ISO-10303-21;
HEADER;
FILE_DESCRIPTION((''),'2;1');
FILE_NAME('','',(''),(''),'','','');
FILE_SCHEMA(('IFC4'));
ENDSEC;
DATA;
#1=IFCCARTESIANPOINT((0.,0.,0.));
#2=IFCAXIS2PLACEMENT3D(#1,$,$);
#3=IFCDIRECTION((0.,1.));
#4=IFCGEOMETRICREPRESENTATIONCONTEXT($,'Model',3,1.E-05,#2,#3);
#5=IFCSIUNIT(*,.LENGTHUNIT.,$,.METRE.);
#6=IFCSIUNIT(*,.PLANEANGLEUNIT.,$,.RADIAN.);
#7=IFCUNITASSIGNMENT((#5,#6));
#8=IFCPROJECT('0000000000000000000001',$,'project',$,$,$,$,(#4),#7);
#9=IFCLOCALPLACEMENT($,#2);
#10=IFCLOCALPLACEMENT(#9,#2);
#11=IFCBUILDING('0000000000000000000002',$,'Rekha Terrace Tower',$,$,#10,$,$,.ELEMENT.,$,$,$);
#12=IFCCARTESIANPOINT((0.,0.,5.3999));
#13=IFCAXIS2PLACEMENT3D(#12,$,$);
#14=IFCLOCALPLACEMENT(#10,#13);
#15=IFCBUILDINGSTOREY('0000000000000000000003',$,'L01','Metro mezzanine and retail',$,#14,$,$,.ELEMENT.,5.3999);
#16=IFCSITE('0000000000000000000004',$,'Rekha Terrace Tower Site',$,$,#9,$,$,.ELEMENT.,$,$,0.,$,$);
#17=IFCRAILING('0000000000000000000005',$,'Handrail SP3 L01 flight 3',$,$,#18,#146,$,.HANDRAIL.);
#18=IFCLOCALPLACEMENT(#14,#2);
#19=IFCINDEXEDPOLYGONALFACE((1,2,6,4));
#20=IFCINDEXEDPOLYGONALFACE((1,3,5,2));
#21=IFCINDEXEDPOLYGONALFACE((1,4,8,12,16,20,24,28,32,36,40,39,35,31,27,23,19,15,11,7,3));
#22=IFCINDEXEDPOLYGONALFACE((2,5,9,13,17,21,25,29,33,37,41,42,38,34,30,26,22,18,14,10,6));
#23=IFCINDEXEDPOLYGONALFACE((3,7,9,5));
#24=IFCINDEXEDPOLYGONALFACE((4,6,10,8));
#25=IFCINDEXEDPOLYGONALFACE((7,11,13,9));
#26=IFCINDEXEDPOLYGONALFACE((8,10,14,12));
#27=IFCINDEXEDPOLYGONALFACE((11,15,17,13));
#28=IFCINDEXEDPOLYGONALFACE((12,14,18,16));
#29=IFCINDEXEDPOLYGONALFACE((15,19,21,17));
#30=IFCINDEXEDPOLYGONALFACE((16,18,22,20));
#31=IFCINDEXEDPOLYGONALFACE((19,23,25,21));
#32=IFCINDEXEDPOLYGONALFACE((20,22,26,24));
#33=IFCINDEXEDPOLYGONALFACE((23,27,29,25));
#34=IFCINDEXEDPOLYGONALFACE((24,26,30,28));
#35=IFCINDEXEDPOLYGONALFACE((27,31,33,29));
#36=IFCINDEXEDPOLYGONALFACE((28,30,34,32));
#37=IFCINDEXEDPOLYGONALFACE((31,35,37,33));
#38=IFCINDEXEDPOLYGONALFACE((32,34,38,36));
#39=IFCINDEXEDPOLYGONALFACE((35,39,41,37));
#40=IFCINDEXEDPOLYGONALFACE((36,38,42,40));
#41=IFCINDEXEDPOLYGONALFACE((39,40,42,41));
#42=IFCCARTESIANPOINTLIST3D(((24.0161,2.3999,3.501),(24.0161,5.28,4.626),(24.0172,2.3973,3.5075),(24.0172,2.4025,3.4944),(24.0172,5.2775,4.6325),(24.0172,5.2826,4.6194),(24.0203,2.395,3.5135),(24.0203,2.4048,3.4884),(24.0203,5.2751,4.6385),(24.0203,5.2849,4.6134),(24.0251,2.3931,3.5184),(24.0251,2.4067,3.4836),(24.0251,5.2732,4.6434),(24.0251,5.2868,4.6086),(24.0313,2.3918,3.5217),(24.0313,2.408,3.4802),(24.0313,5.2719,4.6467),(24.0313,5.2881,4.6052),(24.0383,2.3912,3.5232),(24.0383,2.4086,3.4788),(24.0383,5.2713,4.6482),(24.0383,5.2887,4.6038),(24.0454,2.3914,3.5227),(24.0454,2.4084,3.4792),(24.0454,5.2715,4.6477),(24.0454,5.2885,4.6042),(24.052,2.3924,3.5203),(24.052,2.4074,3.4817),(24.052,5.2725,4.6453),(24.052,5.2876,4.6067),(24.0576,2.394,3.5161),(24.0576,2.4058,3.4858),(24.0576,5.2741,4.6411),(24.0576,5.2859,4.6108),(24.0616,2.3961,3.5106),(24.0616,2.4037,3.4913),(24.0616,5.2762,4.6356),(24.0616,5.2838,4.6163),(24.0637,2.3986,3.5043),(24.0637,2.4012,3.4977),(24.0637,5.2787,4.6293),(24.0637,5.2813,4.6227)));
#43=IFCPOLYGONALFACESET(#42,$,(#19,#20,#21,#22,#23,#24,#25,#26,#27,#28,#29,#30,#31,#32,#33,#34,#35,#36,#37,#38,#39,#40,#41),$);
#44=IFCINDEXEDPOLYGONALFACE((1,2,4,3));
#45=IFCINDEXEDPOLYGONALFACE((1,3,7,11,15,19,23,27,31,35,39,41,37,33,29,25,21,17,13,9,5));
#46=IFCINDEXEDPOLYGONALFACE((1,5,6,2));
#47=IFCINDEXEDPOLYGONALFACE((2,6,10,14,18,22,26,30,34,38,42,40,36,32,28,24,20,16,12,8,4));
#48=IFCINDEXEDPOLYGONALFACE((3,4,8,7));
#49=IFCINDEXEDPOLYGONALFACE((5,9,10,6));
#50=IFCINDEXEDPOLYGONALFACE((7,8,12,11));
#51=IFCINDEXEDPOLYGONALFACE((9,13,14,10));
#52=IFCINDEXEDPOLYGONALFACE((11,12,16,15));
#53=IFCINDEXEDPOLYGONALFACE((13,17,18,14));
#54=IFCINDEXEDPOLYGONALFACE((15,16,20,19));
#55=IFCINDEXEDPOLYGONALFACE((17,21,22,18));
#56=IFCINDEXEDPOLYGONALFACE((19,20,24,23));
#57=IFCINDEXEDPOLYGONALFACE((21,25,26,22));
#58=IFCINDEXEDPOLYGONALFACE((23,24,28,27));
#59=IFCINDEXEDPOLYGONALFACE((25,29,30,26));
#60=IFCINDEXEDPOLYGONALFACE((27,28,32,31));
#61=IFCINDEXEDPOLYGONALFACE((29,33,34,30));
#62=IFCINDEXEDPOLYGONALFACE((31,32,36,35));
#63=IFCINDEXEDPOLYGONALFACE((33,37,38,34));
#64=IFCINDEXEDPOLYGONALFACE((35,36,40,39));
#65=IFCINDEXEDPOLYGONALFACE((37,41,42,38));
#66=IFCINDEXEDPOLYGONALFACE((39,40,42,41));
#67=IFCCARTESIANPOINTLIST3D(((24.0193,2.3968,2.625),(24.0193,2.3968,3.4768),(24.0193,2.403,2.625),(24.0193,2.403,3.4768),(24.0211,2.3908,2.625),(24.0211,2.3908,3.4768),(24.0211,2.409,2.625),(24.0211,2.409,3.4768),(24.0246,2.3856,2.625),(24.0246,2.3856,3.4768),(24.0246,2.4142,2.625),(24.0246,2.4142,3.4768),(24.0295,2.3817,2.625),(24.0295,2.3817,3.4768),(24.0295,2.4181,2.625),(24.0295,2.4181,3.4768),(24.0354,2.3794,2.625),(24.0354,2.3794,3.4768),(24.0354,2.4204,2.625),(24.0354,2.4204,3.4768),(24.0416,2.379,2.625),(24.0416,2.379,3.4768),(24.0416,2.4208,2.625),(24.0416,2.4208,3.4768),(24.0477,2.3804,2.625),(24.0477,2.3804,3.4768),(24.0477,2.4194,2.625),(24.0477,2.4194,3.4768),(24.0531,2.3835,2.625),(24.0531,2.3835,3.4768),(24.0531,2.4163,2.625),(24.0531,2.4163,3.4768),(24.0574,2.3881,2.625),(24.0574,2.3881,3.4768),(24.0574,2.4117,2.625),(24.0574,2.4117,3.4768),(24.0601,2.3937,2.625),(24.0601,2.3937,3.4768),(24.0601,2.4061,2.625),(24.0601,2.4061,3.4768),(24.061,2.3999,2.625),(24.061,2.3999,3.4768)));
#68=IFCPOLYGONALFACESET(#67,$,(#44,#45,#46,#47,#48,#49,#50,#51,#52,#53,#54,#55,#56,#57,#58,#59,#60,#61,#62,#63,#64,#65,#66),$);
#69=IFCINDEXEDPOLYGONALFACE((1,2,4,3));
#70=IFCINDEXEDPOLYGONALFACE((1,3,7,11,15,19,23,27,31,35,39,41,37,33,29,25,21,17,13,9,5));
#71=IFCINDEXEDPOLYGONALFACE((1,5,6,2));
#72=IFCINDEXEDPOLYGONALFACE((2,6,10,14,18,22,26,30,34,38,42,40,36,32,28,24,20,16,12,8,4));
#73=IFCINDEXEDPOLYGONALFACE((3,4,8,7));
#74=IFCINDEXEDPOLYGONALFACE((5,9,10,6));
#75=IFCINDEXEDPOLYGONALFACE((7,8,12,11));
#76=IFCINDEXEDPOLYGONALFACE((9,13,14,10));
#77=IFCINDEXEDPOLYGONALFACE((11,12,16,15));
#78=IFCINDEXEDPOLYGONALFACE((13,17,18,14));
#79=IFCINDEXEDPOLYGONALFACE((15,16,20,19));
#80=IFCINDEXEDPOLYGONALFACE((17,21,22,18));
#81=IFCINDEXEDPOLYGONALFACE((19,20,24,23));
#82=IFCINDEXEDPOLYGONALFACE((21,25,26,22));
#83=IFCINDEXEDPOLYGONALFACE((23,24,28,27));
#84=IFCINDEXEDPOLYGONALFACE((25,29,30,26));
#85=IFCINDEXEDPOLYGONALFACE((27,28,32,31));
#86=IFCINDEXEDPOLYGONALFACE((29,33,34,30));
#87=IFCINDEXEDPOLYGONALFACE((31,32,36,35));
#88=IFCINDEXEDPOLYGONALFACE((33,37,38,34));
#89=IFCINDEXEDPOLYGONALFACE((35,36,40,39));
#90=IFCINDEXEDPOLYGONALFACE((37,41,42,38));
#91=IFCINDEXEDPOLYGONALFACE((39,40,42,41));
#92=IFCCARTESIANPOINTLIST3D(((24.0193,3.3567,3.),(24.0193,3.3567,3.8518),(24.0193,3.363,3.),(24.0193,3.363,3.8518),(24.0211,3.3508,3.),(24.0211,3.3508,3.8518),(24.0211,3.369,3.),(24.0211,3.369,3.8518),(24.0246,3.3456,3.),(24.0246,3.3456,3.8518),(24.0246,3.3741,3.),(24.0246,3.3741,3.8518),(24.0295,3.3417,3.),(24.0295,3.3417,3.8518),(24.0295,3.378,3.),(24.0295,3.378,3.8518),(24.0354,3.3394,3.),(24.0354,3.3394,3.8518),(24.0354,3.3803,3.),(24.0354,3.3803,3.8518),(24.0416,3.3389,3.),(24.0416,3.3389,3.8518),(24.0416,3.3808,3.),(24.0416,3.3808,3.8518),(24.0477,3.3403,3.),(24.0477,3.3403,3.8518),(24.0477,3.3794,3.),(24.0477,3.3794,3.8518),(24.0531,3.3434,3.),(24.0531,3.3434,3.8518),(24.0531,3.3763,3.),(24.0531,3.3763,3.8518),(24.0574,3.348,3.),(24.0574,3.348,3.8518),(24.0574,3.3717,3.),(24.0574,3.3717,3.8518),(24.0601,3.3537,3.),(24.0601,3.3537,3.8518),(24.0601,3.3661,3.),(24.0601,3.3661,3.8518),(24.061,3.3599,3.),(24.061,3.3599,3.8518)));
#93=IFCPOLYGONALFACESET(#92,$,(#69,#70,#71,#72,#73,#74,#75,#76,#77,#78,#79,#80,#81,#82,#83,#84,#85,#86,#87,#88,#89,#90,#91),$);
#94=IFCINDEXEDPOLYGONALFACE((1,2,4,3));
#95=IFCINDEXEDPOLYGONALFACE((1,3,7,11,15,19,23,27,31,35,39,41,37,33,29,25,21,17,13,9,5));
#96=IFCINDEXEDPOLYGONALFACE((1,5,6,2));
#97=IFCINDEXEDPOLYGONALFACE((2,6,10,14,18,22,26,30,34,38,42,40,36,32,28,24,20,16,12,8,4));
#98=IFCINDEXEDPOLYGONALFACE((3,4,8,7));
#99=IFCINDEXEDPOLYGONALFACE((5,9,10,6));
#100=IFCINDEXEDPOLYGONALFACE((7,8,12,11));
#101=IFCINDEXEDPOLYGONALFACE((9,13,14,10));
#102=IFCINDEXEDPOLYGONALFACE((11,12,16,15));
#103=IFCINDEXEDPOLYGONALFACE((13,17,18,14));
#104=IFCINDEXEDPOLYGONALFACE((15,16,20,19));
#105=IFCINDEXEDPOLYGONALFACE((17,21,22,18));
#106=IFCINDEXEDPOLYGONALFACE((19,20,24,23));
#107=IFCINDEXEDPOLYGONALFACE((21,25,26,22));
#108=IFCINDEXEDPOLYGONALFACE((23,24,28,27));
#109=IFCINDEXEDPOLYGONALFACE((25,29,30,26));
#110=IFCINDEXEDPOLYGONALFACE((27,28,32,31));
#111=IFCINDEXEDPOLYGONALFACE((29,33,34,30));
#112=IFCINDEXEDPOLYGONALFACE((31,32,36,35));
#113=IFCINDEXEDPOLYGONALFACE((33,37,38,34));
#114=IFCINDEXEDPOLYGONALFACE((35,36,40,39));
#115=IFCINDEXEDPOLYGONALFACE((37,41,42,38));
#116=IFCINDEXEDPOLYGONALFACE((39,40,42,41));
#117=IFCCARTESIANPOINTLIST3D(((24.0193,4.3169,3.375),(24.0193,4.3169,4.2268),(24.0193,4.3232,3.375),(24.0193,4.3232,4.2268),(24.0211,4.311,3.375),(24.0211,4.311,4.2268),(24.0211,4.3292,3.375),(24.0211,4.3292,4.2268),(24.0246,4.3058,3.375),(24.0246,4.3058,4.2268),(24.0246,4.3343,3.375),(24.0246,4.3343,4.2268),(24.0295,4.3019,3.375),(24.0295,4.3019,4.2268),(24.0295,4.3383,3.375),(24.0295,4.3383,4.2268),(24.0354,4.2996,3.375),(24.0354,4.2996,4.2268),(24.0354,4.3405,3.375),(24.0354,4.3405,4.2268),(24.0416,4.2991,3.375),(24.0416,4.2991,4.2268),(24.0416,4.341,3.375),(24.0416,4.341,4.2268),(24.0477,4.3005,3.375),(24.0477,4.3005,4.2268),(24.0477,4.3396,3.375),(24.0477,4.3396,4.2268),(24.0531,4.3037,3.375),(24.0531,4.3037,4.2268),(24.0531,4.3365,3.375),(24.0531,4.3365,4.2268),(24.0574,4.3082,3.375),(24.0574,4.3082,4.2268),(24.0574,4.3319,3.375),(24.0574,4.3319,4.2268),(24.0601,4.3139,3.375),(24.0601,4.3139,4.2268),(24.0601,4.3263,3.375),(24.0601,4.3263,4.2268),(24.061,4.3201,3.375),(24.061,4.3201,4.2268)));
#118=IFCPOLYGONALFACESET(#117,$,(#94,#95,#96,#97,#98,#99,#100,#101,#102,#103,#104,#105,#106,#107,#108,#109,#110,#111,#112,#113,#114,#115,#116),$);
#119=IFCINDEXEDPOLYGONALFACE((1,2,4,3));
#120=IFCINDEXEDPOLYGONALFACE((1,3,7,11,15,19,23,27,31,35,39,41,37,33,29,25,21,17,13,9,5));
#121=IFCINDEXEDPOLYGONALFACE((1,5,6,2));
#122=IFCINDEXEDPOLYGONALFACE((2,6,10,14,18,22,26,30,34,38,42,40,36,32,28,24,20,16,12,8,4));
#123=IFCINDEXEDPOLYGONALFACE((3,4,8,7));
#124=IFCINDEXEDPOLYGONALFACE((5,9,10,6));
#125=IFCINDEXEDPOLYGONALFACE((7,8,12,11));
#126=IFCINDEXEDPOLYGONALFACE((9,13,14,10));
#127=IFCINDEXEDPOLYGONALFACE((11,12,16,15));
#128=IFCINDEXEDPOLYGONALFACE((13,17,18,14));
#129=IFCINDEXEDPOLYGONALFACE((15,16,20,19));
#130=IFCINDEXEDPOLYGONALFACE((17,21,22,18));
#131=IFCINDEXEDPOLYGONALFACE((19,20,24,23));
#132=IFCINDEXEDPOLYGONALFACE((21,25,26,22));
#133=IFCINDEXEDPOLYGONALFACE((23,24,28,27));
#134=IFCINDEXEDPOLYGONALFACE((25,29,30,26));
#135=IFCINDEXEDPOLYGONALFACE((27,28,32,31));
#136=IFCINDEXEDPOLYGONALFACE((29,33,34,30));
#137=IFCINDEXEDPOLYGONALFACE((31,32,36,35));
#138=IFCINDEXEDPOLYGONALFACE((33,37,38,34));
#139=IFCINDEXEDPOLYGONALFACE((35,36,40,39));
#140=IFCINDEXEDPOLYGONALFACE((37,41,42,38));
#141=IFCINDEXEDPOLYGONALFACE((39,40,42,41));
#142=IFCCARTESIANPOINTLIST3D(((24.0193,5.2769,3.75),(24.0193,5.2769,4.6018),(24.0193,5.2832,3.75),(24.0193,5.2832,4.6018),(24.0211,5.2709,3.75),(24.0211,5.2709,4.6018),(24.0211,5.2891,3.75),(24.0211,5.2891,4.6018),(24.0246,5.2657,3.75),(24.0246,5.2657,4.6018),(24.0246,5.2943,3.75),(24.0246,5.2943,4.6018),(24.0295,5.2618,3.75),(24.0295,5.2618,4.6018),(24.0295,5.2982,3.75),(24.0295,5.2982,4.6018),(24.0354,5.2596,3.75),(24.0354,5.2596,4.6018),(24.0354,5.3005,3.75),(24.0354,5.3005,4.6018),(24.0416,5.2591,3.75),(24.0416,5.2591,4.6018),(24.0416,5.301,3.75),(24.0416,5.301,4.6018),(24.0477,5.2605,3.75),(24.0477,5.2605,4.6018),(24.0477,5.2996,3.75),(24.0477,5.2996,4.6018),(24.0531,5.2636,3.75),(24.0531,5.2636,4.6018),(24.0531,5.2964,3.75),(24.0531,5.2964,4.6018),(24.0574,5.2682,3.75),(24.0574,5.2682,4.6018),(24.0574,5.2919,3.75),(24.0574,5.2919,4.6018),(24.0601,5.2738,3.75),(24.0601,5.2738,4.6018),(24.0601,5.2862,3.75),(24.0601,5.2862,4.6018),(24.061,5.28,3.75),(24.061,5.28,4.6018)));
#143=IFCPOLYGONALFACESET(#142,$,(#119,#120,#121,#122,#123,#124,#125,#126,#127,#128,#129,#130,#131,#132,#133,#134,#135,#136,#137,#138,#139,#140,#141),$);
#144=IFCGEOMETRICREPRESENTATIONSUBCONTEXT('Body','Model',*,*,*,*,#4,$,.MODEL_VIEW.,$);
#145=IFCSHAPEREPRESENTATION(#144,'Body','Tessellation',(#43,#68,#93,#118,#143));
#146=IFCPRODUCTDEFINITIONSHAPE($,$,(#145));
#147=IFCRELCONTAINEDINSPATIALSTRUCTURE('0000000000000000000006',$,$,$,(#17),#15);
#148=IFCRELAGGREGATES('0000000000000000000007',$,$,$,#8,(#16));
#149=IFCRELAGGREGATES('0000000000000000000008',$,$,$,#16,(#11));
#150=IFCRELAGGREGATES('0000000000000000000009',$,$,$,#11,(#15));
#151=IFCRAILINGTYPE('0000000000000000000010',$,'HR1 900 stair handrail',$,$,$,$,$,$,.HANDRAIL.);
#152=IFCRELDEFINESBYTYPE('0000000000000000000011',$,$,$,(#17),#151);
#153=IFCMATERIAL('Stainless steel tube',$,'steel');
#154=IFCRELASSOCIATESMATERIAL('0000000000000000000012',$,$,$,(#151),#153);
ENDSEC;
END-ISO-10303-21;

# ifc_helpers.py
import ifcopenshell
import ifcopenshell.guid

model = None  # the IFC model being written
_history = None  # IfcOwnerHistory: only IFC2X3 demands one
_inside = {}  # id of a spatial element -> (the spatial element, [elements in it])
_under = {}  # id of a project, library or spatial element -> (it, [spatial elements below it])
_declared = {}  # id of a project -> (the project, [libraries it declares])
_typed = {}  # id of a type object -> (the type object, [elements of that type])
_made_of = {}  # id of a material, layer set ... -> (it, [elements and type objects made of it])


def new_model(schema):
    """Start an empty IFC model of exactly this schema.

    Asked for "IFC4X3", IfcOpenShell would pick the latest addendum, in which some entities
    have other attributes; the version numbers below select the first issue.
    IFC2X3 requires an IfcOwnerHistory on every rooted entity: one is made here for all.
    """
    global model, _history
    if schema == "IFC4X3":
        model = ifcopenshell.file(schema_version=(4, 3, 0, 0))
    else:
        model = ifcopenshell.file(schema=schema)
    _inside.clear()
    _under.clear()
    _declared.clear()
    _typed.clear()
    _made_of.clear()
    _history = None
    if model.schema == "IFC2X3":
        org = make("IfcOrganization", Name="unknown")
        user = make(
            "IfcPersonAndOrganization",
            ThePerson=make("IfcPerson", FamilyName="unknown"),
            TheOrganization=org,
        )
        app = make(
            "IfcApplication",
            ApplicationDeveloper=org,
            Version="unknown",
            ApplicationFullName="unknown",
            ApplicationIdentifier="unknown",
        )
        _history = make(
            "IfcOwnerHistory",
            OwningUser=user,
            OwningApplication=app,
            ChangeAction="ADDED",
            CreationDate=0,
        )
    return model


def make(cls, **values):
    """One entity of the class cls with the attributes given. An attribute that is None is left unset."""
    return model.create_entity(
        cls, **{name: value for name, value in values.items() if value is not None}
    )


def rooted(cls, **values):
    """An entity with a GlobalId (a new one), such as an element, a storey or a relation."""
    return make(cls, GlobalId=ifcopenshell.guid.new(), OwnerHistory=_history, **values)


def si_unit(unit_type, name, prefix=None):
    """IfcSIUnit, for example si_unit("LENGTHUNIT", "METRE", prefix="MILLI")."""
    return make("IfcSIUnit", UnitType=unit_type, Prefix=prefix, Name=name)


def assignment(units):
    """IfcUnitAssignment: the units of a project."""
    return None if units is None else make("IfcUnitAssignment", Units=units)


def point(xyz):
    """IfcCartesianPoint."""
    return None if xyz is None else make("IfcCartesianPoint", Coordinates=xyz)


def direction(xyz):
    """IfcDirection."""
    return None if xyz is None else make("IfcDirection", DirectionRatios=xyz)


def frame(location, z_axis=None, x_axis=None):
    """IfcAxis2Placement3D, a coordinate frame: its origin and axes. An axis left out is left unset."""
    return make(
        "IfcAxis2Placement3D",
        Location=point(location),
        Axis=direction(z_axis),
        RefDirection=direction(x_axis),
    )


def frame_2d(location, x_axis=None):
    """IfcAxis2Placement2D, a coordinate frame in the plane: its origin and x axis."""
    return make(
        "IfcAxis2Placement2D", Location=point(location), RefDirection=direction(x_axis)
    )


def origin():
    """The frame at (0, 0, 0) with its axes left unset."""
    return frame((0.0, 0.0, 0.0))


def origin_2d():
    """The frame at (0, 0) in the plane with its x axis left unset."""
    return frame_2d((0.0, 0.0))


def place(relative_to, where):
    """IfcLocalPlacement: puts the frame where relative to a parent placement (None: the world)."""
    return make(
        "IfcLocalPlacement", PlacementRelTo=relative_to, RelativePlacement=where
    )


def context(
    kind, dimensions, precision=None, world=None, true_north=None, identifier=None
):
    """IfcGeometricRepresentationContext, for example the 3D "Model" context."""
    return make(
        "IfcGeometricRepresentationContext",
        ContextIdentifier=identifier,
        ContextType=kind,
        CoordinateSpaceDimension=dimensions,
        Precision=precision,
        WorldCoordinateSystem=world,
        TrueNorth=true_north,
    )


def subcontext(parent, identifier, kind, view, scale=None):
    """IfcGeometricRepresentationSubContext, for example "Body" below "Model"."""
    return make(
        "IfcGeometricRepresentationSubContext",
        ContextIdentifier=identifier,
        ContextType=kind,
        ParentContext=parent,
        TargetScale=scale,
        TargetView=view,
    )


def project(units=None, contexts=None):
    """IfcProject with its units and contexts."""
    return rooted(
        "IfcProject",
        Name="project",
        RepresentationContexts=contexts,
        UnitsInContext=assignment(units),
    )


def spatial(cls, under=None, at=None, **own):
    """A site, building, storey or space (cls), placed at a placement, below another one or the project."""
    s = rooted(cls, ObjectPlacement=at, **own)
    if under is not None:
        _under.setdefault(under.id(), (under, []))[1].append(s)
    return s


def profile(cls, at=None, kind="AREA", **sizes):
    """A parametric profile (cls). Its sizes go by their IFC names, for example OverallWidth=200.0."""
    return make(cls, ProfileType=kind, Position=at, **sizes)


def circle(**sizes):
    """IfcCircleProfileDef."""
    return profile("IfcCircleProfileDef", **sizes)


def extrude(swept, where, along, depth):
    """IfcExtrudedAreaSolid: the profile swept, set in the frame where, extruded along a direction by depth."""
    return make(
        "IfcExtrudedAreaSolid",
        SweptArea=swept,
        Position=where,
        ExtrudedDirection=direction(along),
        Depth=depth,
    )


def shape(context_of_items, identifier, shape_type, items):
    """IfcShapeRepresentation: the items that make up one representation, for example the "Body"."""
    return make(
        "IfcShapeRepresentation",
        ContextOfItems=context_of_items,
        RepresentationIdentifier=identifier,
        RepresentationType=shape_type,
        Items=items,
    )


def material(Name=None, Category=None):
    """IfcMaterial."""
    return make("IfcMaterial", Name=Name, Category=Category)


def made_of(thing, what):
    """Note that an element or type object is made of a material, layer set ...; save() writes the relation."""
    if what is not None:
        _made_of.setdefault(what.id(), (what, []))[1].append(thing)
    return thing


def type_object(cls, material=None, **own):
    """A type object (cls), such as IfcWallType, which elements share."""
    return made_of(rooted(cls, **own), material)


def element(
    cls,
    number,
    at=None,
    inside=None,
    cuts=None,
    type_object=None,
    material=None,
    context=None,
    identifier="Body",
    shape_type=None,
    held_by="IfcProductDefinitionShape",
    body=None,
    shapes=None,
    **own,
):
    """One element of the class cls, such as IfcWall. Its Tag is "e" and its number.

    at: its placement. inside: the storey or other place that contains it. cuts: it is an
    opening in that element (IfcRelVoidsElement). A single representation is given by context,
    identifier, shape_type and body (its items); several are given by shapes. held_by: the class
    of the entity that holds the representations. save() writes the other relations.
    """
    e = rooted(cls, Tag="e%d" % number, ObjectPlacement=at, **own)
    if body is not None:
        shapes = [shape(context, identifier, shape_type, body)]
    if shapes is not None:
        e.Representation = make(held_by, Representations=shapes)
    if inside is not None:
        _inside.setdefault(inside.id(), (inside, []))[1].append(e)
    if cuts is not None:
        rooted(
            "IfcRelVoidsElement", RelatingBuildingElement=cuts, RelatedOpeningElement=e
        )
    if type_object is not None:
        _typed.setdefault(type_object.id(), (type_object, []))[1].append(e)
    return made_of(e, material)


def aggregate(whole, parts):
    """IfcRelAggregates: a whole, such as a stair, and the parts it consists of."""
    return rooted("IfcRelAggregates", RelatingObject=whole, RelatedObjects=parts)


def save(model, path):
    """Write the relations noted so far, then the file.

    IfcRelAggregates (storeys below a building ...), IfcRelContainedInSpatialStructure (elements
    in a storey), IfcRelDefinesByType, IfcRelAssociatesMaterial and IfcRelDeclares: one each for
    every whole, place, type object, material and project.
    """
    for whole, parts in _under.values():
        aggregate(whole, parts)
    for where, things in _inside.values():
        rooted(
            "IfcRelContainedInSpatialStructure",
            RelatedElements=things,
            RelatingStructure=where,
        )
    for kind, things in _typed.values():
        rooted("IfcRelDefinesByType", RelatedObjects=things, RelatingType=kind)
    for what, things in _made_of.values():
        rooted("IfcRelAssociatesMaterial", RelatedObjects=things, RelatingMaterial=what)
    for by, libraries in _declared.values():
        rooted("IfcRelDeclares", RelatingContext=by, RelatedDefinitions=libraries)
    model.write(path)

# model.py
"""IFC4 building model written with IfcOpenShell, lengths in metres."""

from ifc_helpers import new_model, si_unit, direction, frame, origin, origin_2d, place, context, subcontext, project, spatial, circle, extrude, material, type_object, element, save


model = new_model("IFC4")

# Units and contexts
model_context = context("Model", 3, precision=1e-05, world=origin(), true_north=direction((0.0, 1.0)))
body_context = subcontext(model_context, "Body", "Model", "MODEL_VIEW")
ifc_project = project(units=[si_unit("LENGTHUNIT", "METRE"), si_unit("PLANEANGLEUNIT", "RADIAN")], contexts=[model_context])

# Site, building, storey
site_placement = place(None, origin())
site = spatial("IfcSite", under=ifc_project, at=site_placement, Name="Rekha Terrace Tower Site", CompositionType="ELEMENT", RefElevation=0.0)
building_placement = place(site_placement, origin())
building = spatial("IfcBuilding", under=site, at=building_placement, Name="Rekha Terrace Tower", CompositionType="ELEMENT")
storey_placement = place(building_placement, frame((0.0, 0.0, 5.3999)))
storey = spatial("IfcBuildingStorey", under=building, at=storey_placement, Name="L01", Description="Metro mezzanine and retail", CompositionType="ELEMENT", Elevation=5.3999)

# Railing
ifc_material_1 = material(Name="Stainless steel tube", Category="steel")
railing_type_1 = type_object("IfcRailingType", Name="HR1 900 stair handrail", PredefinedType="HANDRAIL", material=ifc_material_1)
railing_1_placement = place(storey_placement, frame((24.04, 2.3999, 2.625)))
element("IfcRailing", 1, at=railing_1_placement, inside=storey, type_object=railing_type_1, Name="Handrail SP3 L01 flight 3", PredefinedType="HANDRAIL", context=body_context, shape_type="SweptSolid", body=[
    extrude(circle(Radius=0.0239, at=origin_2d()), frame((0.0, 0.0, 0.876), z_axis=(0.0, 0.931463, 0.363837), x_axis=(-1.0, 0.0, 0.0)), (0.0, 0.0, 1.0), 3.092),
    extrude(circle(Radius=0.021, at=origin_2d()), origin(), (0.0, 0.0, 1.0), 0.8518),
    extrude(circle(Radius=0.021, at=origin_2d()), frame((0.0, 0.96, 0.375)), (0.0, 0.0, 1.0), 0.8518),
    extrude(circle(Radius=0.021, at=origin_2d()), frame((0.0, 1.9202, 0.75)), (0.0, 0.0, 1.0), 0.8518),
    extrude(circle(Radius=0.021, at=origin_2d()), frame((0.0, 2.8801, 1.125)), (0.0, 0.0, 1.0), 0.8518),
])

save(model, "model.ifc")
